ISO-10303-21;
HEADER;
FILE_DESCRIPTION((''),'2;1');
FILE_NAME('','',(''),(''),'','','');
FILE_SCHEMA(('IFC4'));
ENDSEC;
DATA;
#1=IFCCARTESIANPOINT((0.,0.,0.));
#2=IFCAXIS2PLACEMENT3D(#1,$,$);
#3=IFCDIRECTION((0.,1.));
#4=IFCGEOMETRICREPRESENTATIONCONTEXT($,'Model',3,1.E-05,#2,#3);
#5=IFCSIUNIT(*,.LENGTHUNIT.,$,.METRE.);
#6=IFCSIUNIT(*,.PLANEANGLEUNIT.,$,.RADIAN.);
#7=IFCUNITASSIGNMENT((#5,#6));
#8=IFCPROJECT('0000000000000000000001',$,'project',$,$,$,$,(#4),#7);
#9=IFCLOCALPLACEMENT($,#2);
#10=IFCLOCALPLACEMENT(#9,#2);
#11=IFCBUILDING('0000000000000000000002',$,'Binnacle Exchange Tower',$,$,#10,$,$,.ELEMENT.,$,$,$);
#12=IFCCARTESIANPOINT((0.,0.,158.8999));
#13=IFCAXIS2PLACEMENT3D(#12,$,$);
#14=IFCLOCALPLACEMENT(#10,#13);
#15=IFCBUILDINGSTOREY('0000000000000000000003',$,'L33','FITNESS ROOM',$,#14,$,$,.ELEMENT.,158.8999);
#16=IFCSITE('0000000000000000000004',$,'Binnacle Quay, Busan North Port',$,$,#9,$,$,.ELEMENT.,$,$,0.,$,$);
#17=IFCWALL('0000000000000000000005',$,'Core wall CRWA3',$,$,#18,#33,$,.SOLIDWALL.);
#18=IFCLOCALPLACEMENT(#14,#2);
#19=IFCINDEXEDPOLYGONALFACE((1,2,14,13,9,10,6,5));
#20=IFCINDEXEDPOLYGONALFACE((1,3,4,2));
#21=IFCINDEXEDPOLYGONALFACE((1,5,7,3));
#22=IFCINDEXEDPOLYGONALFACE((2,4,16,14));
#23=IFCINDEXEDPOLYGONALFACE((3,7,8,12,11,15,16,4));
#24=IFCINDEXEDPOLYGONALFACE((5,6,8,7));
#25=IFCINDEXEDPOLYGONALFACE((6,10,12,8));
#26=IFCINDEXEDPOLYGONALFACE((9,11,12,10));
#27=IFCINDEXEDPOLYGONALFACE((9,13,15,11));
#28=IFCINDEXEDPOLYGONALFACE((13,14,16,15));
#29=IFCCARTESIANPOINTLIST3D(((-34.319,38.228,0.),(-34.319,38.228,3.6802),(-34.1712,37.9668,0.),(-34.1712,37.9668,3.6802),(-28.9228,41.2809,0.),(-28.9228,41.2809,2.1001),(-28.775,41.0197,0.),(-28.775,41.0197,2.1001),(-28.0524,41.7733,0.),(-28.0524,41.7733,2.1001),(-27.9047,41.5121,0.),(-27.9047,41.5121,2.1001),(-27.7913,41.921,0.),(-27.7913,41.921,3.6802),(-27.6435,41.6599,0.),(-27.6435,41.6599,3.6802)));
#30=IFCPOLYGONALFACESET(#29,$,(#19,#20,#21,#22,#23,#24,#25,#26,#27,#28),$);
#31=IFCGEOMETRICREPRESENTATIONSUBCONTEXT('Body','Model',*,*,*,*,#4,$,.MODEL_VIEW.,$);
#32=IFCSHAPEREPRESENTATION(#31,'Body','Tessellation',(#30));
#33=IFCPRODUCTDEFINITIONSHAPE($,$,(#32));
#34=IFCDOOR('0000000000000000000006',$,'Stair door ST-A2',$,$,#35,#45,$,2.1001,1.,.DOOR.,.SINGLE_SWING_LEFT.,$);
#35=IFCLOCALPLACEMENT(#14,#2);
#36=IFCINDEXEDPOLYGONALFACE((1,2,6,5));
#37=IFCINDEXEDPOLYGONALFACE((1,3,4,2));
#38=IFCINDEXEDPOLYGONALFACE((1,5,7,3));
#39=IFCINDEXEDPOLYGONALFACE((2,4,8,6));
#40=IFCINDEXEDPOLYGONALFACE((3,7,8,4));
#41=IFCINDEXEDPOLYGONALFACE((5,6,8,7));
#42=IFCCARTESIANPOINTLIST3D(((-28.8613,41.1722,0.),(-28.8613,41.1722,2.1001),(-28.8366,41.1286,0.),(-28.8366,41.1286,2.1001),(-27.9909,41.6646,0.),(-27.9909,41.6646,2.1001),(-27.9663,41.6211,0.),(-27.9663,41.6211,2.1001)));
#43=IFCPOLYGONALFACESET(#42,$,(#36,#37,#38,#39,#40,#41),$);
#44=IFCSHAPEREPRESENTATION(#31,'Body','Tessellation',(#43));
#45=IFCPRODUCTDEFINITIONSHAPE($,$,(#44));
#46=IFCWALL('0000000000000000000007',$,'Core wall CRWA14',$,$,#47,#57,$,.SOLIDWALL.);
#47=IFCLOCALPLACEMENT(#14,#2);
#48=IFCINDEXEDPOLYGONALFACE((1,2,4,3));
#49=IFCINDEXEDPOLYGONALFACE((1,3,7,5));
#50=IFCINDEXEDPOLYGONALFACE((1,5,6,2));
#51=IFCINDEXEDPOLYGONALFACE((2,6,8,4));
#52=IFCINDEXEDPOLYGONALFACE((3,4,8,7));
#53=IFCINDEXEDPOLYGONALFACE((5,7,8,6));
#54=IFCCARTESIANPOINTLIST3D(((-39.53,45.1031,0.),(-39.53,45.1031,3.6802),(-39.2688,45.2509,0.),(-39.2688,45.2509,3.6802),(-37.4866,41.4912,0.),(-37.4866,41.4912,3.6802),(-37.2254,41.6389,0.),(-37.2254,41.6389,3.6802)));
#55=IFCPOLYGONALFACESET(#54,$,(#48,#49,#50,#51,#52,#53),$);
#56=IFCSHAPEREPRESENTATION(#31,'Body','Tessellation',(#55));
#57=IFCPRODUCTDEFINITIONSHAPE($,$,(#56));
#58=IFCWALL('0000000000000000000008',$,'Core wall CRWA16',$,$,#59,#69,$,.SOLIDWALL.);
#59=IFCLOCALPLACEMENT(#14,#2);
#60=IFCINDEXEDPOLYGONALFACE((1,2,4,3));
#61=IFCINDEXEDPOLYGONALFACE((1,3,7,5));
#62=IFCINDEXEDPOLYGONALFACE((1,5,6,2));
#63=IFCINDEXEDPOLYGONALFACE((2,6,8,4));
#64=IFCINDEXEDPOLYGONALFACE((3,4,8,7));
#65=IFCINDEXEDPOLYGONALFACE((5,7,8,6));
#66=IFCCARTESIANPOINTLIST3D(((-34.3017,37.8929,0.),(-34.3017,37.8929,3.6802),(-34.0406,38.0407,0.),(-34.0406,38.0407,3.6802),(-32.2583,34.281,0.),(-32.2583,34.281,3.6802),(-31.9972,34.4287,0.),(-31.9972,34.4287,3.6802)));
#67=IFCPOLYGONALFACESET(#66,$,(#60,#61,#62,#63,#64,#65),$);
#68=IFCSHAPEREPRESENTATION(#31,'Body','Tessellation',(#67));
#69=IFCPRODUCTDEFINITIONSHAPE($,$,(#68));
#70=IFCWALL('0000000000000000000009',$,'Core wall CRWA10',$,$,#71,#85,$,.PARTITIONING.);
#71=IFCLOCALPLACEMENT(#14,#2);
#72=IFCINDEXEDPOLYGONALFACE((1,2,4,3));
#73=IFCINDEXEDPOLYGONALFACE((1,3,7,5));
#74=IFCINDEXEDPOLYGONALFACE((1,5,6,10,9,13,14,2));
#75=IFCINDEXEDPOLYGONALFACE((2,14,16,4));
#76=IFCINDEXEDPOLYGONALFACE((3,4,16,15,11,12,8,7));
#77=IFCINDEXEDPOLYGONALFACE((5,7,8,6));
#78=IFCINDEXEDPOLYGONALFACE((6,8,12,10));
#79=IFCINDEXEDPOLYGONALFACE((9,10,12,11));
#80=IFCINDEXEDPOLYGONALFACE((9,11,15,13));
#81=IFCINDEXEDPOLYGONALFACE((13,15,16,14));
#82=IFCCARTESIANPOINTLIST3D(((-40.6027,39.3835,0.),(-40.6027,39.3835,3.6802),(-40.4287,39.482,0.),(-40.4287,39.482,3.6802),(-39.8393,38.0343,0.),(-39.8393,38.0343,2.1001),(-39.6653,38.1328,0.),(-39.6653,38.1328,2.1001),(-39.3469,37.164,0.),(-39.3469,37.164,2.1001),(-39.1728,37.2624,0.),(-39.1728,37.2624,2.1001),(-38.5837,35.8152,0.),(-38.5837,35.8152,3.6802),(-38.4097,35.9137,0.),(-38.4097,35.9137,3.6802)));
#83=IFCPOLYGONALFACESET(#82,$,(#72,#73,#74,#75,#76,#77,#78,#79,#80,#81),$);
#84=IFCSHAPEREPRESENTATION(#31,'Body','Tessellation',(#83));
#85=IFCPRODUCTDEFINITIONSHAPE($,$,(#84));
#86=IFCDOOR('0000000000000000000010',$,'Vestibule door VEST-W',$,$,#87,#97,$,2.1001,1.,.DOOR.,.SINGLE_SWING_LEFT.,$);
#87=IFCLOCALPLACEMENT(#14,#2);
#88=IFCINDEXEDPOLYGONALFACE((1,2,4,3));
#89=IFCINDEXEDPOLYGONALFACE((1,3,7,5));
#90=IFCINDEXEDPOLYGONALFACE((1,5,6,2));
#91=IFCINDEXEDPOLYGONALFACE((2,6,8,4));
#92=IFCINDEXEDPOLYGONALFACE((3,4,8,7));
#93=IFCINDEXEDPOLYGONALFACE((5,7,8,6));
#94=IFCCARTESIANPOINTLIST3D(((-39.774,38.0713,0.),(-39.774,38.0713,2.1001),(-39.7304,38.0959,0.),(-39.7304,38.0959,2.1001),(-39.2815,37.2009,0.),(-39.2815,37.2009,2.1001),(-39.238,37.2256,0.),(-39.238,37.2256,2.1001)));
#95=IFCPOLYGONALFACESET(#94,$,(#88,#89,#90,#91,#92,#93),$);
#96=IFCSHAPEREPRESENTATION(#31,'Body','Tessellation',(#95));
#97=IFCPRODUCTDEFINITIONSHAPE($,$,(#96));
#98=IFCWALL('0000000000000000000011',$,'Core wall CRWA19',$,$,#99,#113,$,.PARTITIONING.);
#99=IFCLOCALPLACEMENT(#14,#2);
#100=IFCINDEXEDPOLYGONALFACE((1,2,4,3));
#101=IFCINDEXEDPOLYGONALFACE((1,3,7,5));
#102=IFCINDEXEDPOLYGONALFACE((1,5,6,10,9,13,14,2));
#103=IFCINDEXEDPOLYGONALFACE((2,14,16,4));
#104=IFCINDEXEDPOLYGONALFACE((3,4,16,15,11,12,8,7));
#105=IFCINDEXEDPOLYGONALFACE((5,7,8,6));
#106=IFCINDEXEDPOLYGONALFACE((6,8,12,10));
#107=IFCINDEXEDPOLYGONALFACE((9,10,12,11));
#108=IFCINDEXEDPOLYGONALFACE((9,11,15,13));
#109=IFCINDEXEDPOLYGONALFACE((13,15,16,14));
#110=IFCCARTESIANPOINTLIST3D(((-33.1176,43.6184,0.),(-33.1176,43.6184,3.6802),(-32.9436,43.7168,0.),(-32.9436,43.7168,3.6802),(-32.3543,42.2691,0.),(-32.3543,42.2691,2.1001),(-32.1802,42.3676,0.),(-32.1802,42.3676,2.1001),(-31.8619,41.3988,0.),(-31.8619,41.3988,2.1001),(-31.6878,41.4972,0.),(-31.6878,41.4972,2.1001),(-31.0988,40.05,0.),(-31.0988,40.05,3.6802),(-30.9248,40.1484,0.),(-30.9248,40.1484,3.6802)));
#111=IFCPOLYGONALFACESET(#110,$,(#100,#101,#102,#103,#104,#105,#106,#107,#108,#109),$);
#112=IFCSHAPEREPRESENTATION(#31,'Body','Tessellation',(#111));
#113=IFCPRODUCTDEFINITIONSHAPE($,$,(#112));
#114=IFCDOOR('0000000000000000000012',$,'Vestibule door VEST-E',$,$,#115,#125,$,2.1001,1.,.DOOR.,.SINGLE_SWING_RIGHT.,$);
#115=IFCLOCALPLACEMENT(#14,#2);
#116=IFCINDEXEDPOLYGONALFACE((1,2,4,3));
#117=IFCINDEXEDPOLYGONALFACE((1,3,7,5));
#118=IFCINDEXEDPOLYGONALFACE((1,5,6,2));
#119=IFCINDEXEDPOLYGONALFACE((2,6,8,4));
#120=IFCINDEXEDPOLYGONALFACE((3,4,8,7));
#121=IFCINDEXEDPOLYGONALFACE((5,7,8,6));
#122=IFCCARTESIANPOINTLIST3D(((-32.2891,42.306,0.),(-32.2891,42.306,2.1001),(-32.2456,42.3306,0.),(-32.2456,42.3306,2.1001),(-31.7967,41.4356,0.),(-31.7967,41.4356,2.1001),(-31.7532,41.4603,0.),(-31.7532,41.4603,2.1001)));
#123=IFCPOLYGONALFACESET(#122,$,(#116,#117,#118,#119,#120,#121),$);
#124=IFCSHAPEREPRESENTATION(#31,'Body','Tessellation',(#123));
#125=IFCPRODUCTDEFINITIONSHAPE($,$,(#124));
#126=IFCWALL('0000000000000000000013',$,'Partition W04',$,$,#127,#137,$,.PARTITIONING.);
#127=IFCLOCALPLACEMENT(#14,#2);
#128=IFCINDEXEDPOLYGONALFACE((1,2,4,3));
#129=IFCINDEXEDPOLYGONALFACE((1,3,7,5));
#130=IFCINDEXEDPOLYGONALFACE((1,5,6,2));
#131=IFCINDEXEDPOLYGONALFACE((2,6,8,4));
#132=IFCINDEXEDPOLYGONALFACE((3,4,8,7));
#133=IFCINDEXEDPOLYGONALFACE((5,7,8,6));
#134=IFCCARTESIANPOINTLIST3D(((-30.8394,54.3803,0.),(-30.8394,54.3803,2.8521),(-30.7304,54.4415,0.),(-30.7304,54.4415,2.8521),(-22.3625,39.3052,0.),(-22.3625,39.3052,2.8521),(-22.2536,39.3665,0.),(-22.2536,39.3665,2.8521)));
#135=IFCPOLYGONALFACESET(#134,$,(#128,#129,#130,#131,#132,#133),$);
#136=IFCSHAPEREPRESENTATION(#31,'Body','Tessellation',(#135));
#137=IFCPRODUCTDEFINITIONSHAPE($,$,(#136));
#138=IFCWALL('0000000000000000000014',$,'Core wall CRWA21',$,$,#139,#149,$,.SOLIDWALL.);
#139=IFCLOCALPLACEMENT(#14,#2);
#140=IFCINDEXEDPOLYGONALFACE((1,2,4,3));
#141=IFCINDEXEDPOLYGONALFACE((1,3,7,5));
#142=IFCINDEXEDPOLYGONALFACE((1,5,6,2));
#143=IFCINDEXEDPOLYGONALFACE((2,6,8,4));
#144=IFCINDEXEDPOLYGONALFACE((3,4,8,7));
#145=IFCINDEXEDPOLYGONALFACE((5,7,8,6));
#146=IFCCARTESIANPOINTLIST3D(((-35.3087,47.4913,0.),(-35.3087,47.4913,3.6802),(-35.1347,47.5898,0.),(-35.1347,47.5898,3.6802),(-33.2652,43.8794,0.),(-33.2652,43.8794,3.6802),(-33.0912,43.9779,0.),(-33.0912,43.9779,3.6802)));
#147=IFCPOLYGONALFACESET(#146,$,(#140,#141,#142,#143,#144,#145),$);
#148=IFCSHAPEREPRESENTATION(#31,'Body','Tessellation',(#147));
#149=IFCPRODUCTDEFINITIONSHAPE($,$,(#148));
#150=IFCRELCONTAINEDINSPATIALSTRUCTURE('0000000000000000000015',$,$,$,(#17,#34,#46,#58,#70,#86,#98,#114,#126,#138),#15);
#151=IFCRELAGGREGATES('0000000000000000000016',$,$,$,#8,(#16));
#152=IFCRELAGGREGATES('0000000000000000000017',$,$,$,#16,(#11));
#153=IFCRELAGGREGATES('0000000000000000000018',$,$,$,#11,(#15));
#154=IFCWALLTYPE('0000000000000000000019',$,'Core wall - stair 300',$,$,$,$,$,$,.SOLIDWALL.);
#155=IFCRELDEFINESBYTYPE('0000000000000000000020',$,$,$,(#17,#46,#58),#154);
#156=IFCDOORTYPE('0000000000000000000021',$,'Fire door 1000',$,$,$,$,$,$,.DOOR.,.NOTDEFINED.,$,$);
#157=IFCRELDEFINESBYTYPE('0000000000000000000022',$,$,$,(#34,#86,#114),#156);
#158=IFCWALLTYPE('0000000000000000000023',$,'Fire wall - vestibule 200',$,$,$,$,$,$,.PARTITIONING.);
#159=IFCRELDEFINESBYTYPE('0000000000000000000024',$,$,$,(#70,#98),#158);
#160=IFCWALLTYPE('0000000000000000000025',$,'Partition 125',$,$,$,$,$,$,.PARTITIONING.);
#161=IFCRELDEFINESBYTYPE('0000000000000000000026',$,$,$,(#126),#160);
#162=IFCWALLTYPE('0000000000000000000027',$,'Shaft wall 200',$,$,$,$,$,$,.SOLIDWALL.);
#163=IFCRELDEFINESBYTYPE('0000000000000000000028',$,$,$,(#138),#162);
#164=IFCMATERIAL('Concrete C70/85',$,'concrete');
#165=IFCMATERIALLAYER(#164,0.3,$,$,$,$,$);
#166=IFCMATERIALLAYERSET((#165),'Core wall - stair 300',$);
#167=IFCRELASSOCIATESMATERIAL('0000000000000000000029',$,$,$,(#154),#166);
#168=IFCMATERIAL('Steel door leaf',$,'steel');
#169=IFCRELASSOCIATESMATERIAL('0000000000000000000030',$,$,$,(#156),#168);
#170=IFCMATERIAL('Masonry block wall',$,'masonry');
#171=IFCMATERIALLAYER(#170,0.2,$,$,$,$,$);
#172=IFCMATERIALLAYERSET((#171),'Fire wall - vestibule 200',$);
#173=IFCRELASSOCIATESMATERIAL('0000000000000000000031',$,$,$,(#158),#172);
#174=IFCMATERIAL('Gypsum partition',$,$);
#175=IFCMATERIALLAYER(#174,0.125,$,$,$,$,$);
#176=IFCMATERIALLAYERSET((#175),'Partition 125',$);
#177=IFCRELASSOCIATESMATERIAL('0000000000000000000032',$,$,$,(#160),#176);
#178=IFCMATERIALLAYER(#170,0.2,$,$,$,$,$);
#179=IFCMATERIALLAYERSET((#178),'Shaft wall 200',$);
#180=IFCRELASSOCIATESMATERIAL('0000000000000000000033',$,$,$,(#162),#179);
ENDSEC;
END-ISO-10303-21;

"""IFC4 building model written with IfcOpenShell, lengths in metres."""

from ifc_helpers import new_model, si_unit, direction, frame, frame_2d, origin, place, context, subcontext, project, spatial, rectangle, extrude, material, layer, layer_set, type_object, element, fill, save


model = new_model("IFC4")

# Units and contexts
model_context = context("Model", 3, precision=1e-05, world=origin(), true_north=direction((0.0, 1.0)))
body_context = subcontext(model_context, "Body", "Model", "MODEL_VIEW")
ifc_project = project(units=[si_unit("LENGTHUNIT", "METRE"), si_unit("PLANEANGLEUNIT", "RADIAN")], contexts=[model_context])

# Site, building, storey
site_placement = place(None, origin())
site = spatial("IfcSite", under=ifc_project, at=site_placement, Name="Binnacle Quay, Busan North Port", CompositionType="ELEMENT", RefElevation=0.0)
building_placement = place(site_placement, origin())
building = spatial("IfcBuilding", under=site, at=building_placement, Name="Binnacle Exchange Tower", CompositionType="ELEMENT")
storey_placement = place(building_placement, frame((0.0, 0.0, 158.8999)))
storey = spatial("IfcBuildingStorey", under=building, at=storey_placement, Name="L33", Description="FITNESS ROOM", CompositionType="ELEMENT", Elevation=158.8999)

# Shared definitions
ifc_material_1 = material(Name="Concrete C70/85", Category="concrete")

# Shared definitions
ifc_material_2 = material(Name="Steel door leaf", Category="steel")

# Wall, opening, door
ifc_layer_1 = layer(ifc_material_1, 0.3)
ifc_layer_set_1 = layer_set([ifc_layer_1], Name="Core wall - stair 300")
wall_type_1 = type_object("IfcWallType", Name="Core wall - stair 300", PredefinedType="SOLIDWALL", material=ifc_layer_set_1)
wall_1_placement = place(storey_placement, frame((-34.2451, 38.0974, 0.0), z_axis=(0.0, 0.0, 1.0), x_axis=(0.870365, 0.492408, 0.0)))
wall_1 = element("IfcWall", 1, at=wall_1_placement, inside=storey, type_object=wall_type_1, Name="Core wall CRWA3", PredefinedType="SOLIDWALL", context=body_context, shape_type="SweptSolid", body=[
    extrude(rectangle(XDim=7.5, YDim=0.3, at=frame_2d((3.75, 0.0))), origin(), (0.0, 0.0, 1.0), 3.6802),
])
opening_1_placement = place(wall_1_placement, frame((6.2, 0.0, 0.0)))
opening_1 = element("IfcOpeningElement", 2, at=opening_1_placement, cuts=wall_1, PredefinedType="OPENING", context=body_context, shape_type="SweptSolid", body=[
    extrude(rectangle(XDim=1.0, YDim=2.1001, at=frame_2d((0.5, 1.05))), frame((0.0, 0.1599, 0.0), z_axis=(0.0, -1.0, 0.0), x_axis=(1.0, 0.0, 0.0)), (0.0, 0.0, 1.0), 0.3201),
])
door_type_1 = type_object("IfcDoorType", Name="Fire door 1000", OperationType="NOTDEFINED", PredefinedType="DOOR", material=ifc_material_2)
door_1_placement = place(opening_1_placement, frame((1.0, 0.0, 0.0), z_axis=(0.0, 0.0, 1.0), x_axis=(-1.0, 0.0, 0.0)))
door_1 = element("IfcDoor", 3, at=door_1_placement, inside=storey, type_object=door_type_1, Name="Stair door ST-A2", OperationType="SINGLE_SWING_LEFT", OverallHeight=2.1001, OverallWidth=1.0, PredefinedType="DOOR", context=body_context, shape_type="SweptSolid", body=[
    extrude(rectangle(XDim=1.0, YDim=2.1001, at=frame_2d((0.5, 1.05))), frame((0.0, 0.0249, 0.0), z_axis=(0.0, -1.0, 0.0), x_axis=(1.0, 0.0, 0.0)), (0.0, 0.0, 1.0), 0.05),
])
fill(opening_1, door_1)

# Walls
for number, where, z_axis, x_axis, name in (
    (4, (-39.3994, 45.177, 0.0), (0.0, 0.0, 1.0), (0.492396, -0.870371, 0.0), "Core wall CRWA14"),
    (5, (-34.1711, 37.9668, 0.0), (0.0, 0.0, 1.0), (0.492396, -0.870371, 0.0), "Core wall CRWA16"),
):
    element("IfcWall", number, at=place(storey_placement, frame(where, z_axis=z_axis, x_axis=x_axis)), inside=storey, type_object=wall_type_1, Name=name, PredefinedType="SOLIDWALL", context=body_context, shape_type="SweptSolid", body=[
        extrude(rectangle(XDim=4.1499, YDim=0.3, at=frame_2d((2.075, 0.0))), origin(), (0.0, 0.0, 1.0), 3.6802),
    ])

# Walls, openings, doors
ifc_material_3 = material(Name="Masonry block wall", Category="masonry")
ifc_layer_2 = layer(ifc_material_3, 0.2)
ifc_layer_set_2 = layer_set([ifc_layer_2], Name="Fire wall - vestibule 200")
wall_type_2 = type_object("IfcWallType", Name="Fire wall - vestibule 200", PredefinedType="PARTITIONING", material=ifc_layer_set_2)
wall_2_placement = place(storey_placement, frame((-40.5156, 39.4326, 0.0), z_axis=(0.0, 0.0, 1.0), x_axis=(0.492454, -0.870339, 0.0)))
wall_2 = element("IfcWall", 6, at=wall_2_placement, inside=storey, type_object=wall_type_2, Name="Core wall CRWA10", PredefinedType="PARTITIONING", context=body_context, shape_type="SweptSolid", body=[
    extrude(rectangle(XDim=4.0999, YDim=0.2, at=frame_2d((2.0498, 0.0))), origin(), (0.0, 0.0, 1.0), 3.6802),
])
opening_2_placement = place(wall_2_placement, frame((1.55, 0.0, 0.0)))
opening_2 = element("IfcOpeningElement", 7, at=opening_2_placement, cuts=wall_2, PredefinedType="OPENING", context=body_context, shape_type="SweptSolid", body=[
    extrude(rectangle(XDim=1.0, YDim=2.1001, at=frame_2d((0.5, 1.05))), frame((0.0, 0.1099, 0.0), z_axis=(0.0, -1.0, 0.0), x_axis=(1.0, 0.0, 0.0)), (0.0, 0.0, 1.0), 0.22),
])
door_2_placement = place(opening_2_placement, frame((1.0, 0.0, 0.0), z_axis=(0.0, 0.0, 1.0), x_axis=(-1.0, 0.0, 0.0)))
door_2 = element("IfcDoor", 8, at=door_2_placement, inside=storey, type_object=door_type_1, Name="Vestibule door VEST-W", OperationType="SINGLE_SWING_LEFT", OverallHeight=2.1001, OverallWidth=1.0, PredefinedType="DOOR", context=body_context, shape_type="SweptSolid", body=[
    extrude(rectangle(XDim=1.0, YDim=2.1001, at=frame_2d((0.5, 1.05))), frame((0.0, 0.0249, 0.0), z_axis=(0.0, -1.0, 0.0), x_axis=(1.0, 0.0, 0.0)), (0.0, 0.0, 1.0), 0.05),
])
fill(opening_2, door_2)
wall_3_placement = place(storey_placement, frame((-33.0305, 43.6675, 0.0), z_axis=(0.0, 0.0, 1.0), x_axis=(0.492408, -0.870364, 0.0)))
wall_3 = element("IfcWall", 9, at=wall_3_placement, inside=storey, type_object=wall_type_2, Name="Core wall CRWA19", PredefinedType="PARTITIONING", context=body_context, shape_type="SweptSolid", body=[
    extrude(rectangle(XDim=4.0999, YDim=0.2, at=frame_2d((2.0498, 0.0))), origin(), (0.0, 0.0, 1.0), 3.6802),
])
opening_3_placement = place(wall_3_placement, frame((1.55, 0.0, 0.0)))
opening_3 = element("IfcOpeningElement", 10, at=opening_3_placement, cuts=wall_3, PredefinedType="OPENING", context=body_context, shape_type="SweptSolid", body=[
    extrude(rectangle(XDim=1.0, YDim=2.1001, at=frame_2d((0.5, 1.05))), frame((0.0, 0.1099, 0.0), z_axis=(0.0, -1.0, 0.0), x_axis=(1.0, 0.0, 0.0)), (0.0, 0.0, 1.0), 0.22),
])
door_3_placement = place(opening_3_placement, origin())
door_3 = element("IfcDoor", 11, at=door_3_placement, inside=storey, type_object=door_type_1, Name="Vestibule door VEST-E", OperationType="SINGLE_SWING_RIGHT", OverallHeight=2.1001, OverallWidth=1.0, PredefinedType="DOOR", context=body_context, shape_type="SweptSolid", body=[
    extrude(rectangle(XDim=1.0, YDim=2.1001, at=frame_2d((0.5, 1.05))), frame((0.0, 0.0249, 0.0), z_axis=(0.0, -1.0, 0.0), x_axis=(1.0, 0.0, 0.0)), (0.0, 0.0, 1.0), 0.05),
])
fill(opening_3, door_3)

# Walls
ifc_material_4 = material(Name="Gypsum partition")
ifc_layer_3 = layer(ifc_material_4, 0.125)
ifc_layer_set_3 = layer_set([ifc_layer_3], Name="Partition 125")
wall_type_3 = type_object("IfcWallType", Name="Partition 125", PredefinedType="PARTITIONING", material=ifc_layer_set_3)
wall_4_placement = place(storey_placement, frame((-30.7849, 54.4109, 0.0), z_axis=(0.0, 0.0, 1.0), x_axis=(0.490136, -0.871646, 0.0)))
element("IfcWall", 12, at=wall_4_placement, inside=storey, type_object=wall_type_3, Name="Partition W04", PredefinedType="PARTITIONING", context=body_context, shape_type="SweptSolid", body=[
    extrude(rectangle(XDim=17.2949, YDim=0.125, at=frame_2d((8.6475, 0.0))), origin(), (0.0, 0.0, 1.0), 2.8521),
])
ifc_layer_4 = layer(ifc_material_3, 0.2)
ifc_layer_set_4 = layer_set([ifc_layer_4], Name="Shaft wall 200")
wall_type_4 = type_object("IfcWallType", Name="Shaft wall 200", PredefinedType="SOLIDWALL", material=ifc_layer_set_4)
wall_5_placement = place(storey_placement, frame((-35.2217, 47.5405, 0.0), z_axis=(0.0, 0.0, 1.0), x_axis=(0.492422, -0.870357, 0.0)))
element("IfcWall", 13, at=wall_5_placement, inside=storey, type_object=wall_type_4, Name="Core wall CRWA21", PredefinedType="SOLIDWALL", context=body_context, shape_type="SweptSolid", body=[
    extrude(rectangle(XDim=4.1499, YDim=0.2, at=frame_2d((2.075, 0.0))), origin(), (0.0, 0.0, 1.0), 3.6802),
])

save(model, "model.ifc")
